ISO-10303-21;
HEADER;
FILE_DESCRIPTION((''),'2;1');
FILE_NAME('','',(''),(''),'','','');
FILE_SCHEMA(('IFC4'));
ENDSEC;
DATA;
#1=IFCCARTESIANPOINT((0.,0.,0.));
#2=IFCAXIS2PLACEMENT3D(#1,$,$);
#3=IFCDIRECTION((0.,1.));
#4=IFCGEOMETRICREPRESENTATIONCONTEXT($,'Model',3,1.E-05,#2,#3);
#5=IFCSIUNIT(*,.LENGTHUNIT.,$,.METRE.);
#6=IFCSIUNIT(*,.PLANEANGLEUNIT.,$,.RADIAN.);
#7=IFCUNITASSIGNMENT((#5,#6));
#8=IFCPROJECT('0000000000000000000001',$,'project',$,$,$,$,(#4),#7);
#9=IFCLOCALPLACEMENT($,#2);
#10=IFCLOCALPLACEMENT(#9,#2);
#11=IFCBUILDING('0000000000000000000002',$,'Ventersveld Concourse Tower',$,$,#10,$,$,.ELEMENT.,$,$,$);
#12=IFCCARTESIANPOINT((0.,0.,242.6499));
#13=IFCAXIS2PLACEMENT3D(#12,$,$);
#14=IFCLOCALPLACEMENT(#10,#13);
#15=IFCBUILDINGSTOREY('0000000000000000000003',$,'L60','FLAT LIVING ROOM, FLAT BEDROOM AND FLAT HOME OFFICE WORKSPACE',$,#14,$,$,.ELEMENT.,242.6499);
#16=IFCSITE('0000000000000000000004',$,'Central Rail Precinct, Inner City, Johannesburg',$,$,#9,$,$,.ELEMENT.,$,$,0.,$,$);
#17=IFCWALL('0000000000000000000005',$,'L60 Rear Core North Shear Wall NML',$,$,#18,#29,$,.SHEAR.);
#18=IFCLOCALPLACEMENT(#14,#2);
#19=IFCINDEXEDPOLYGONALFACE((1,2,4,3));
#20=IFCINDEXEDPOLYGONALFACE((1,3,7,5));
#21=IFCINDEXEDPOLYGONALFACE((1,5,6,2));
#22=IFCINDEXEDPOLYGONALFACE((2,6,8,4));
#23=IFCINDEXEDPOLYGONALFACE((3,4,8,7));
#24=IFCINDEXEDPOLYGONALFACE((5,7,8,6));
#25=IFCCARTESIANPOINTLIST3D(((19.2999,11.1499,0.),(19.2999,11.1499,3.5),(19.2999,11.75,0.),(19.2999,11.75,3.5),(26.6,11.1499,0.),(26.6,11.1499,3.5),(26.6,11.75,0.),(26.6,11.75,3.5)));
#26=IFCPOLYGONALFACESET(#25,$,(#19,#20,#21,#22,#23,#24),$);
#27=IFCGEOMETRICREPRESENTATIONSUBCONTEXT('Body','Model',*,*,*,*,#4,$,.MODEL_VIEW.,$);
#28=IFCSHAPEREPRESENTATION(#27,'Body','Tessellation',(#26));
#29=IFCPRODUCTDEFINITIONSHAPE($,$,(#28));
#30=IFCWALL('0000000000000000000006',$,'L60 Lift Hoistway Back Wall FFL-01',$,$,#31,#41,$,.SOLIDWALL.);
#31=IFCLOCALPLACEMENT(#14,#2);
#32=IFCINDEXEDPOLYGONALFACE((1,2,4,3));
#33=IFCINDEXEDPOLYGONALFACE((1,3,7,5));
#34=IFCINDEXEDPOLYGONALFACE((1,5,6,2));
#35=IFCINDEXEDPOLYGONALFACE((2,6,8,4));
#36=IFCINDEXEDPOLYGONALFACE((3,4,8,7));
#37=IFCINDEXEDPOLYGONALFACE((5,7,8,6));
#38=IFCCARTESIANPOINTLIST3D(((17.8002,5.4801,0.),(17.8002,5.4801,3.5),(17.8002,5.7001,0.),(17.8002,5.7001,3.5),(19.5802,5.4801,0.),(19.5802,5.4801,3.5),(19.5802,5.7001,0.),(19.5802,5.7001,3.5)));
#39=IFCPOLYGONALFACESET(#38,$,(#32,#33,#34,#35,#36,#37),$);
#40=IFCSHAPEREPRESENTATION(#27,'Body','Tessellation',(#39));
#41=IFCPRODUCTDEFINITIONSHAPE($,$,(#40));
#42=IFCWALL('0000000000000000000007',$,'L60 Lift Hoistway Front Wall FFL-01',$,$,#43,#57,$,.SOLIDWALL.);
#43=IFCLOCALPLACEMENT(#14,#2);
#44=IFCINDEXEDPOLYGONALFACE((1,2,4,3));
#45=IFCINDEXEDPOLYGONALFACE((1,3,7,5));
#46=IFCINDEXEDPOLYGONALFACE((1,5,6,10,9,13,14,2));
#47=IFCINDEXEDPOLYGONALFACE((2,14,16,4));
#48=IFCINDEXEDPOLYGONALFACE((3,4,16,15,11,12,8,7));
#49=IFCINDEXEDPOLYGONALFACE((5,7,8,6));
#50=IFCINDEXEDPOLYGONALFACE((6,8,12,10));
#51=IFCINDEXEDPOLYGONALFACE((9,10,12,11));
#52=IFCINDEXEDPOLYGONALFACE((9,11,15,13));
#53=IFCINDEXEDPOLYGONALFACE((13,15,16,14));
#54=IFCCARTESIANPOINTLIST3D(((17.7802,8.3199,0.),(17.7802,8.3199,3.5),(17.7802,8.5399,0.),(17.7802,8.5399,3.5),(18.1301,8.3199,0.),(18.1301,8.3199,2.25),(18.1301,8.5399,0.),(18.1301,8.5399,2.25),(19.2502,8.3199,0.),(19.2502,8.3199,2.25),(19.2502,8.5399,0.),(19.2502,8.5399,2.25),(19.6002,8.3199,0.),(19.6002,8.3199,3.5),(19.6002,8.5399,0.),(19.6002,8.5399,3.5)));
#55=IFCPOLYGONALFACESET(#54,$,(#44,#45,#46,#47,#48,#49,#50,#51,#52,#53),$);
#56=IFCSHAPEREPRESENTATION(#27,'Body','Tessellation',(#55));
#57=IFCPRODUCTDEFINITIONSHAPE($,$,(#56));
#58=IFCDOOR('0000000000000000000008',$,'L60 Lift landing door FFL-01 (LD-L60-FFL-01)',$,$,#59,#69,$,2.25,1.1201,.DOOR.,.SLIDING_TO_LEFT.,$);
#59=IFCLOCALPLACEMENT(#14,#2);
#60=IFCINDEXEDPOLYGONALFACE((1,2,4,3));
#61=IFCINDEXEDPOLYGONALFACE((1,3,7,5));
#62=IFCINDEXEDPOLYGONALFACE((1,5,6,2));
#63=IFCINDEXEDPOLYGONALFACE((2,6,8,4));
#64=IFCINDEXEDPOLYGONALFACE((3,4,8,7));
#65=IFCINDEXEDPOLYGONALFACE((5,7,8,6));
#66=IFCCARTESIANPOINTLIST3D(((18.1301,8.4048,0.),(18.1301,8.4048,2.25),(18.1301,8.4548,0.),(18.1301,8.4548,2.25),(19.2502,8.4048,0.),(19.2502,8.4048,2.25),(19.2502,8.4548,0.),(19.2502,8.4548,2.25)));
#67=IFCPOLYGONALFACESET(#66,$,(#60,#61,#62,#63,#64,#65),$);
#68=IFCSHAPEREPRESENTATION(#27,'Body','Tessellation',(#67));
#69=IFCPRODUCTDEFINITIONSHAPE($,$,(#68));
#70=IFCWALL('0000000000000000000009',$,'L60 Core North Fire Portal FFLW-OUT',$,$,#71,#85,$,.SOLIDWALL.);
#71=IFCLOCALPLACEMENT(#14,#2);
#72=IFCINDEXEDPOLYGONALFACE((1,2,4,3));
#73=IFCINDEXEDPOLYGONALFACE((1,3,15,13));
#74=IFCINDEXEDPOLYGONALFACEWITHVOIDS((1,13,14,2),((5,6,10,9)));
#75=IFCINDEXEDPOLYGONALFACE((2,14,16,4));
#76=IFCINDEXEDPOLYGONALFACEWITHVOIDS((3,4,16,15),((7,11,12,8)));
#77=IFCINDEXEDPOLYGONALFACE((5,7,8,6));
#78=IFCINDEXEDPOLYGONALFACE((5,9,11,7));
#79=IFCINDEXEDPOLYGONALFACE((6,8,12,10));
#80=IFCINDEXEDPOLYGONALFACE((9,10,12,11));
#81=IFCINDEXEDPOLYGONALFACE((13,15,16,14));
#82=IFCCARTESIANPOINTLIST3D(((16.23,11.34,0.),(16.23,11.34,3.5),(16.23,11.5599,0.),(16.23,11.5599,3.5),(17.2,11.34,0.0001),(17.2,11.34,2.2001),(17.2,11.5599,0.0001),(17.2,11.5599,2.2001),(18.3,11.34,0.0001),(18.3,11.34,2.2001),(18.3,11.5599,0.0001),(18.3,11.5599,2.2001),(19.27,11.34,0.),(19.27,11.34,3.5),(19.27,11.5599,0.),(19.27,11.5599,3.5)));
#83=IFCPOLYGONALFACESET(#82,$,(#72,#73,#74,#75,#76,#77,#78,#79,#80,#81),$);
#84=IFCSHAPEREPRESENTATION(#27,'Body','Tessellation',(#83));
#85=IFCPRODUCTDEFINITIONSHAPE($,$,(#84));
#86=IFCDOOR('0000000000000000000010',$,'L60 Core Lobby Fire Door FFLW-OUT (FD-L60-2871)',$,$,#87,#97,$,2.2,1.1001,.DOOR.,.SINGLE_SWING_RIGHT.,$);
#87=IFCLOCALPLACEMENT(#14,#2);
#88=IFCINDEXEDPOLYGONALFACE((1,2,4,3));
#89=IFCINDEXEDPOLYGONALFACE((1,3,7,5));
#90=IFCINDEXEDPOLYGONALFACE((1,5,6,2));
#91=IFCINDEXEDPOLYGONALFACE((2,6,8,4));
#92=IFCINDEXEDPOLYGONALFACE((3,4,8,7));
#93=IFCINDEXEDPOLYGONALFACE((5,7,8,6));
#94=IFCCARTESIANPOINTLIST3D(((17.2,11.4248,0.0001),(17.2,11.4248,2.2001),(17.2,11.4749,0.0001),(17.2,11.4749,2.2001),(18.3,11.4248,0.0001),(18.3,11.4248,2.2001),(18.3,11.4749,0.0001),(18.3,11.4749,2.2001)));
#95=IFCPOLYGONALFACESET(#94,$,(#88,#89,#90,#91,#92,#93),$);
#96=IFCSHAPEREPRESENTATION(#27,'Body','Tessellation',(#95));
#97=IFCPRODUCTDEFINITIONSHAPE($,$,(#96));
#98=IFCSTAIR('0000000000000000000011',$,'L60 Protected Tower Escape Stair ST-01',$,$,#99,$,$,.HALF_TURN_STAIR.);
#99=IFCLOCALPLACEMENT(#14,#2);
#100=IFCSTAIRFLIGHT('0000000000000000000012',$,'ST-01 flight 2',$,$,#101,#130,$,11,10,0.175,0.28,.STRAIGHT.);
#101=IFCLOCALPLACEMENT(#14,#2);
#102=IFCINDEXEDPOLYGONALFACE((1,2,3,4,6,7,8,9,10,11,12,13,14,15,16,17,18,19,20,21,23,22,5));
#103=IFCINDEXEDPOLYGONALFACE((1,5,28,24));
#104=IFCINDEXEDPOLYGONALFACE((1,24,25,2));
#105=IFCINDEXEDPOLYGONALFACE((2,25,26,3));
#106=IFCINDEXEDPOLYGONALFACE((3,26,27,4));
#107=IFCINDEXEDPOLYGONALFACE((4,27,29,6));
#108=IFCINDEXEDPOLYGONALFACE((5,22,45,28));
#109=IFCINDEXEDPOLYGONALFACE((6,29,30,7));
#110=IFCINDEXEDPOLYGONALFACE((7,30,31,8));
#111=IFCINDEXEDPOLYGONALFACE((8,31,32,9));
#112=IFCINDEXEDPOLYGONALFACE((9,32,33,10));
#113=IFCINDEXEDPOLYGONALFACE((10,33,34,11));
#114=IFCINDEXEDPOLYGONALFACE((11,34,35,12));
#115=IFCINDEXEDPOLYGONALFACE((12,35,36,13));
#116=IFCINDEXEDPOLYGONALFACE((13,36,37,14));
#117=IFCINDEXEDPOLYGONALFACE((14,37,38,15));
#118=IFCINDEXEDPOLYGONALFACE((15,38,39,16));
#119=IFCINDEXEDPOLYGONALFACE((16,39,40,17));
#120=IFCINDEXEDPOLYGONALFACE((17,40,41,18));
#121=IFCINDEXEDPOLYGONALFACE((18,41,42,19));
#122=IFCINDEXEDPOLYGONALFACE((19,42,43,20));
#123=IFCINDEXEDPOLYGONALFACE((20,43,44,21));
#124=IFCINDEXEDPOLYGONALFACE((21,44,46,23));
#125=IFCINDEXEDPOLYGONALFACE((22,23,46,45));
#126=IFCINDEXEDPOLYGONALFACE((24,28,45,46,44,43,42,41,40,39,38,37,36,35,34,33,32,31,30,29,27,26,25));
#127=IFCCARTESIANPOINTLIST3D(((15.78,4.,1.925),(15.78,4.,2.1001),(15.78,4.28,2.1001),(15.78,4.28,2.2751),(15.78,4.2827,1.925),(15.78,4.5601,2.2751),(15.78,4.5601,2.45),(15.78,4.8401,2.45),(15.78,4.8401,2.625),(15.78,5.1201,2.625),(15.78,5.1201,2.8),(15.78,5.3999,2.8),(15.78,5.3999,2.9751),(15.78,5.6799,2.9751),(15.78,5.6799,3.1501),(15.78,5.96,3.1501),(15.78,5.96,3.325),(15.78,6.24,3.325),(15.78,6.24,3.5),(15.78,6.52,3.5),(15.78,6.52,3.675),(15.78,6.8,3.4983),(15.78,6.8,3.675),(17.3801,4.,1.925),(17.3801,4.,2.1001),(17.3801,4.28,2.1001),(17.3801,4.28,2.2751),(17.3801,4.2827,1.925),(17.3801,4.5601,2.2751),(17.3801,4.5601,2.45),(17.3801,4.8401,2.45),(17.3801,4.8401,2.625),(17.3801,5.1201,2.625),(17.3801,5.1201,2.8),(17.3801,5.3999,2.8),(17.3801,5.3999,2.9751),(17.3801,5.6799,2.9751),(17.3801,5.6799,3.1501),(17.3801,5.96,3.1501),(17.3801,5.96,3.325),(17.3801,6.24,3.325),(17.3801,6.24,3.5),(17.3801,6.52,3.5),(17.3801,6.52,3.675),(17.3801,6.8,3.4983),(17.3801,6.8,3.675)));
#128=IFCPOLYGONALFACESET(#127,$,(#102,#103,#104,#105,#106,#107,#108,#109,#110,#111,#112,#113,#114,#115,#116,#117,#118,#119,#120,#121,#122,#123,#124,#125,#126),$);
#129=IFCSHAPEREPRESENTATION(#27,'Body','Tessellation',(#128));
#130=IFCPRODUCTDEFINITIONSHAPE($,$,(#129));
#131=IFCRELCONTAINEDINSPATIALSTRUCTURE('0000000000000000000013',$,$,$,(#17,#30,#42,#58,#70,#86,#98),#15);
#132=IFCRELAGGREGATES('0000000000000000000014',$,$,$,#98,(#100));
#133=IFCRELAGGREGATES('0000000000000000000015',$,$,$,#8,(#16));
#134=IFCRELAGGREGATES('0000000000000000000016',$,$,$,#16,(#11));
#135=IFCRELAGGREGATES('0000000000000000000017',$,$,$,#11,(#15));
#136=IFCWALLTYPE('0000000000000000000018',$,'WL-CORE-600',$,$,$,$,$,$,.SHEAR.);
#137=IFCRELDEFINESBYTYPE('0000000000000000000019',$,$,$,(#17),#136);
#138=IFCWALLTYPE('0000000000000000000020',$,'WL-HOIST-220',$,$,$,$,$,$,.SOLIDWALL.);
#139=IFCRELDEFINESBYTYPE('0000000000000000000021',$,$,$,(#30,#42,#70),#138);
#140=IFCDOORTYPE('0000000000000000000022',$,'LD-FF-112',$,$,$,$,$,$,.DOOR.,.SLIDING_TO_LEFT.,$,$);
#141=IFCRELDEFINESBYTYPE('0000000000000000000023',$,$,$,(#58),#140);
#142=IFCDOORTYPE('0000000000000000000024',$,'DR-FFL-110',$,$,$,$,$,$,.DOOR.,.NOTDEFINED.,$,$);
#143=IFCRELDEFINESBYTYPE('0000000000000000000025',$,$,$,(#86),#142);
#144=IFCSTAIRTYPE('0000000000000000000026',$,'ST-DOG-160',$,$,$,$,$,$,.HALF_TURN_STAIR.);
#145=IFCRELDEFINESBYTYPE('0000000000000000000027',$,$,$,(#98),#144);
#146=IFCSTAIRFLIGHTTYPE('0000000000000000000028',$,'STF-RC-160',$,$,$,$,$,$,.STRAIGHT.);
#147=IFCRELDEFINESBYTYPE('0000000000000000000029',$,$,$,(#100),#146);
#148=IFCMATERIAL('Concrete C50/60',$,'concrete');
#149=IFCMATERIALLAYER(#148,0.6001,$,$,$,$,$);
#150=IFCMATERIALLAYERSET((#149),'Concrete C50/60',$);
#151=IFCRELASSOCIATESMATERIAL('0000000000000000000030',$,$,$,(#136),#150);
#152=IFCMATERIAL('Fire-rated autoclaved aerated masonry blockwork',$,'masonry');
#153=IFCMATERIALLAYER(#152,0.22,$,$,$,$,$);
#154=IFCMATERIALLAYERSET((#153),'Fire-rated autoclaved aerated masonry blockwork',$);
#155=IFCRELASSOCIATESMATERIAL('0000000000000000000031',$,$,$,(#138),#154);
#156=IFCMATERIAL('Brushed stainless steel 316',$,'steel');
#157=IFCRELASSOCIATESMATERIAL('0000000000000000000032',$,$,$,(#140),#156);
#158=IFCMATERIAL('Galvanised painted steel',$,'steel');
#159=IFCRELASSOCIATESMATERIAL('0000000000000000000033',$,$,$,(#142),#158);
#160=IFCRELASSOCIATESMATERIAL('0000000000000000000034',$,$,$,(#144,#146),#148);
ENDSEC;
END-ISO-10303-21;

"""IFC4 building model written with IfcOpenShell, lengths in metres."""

from ifc_helpers import new_model, si_unit, direction, frame, frame_2d, origin, place, context, subcontext, project, spatial, polyline, rectangle, outline, extrude, material, layer, layer_set, type_object, element, fill, aggregate, save


model = new_model("IFC4")

# Units and contexts
model_context = context("Model", 3, precision=1e-05, world=origin(), true_north=direction((0.0, 1.0)))
body_context = subcontext(model_context, "Body", "Model", "MODEL_VIEW")
ifc_project = project(units=[si_unit("LENGTHUNIT", "METRE"), si_unit("PLANEANGLEUNIT", "RADIAN")], contexts=[model_context])

# Site, building, storey
site_placement = place(None, origin())
site = spatial("IfcSite", under=ifc_project, at=site_placement, Name="Central Rail Precinct, Inner City, Johannesburg", CompositionType="ELEMENT", RefElevation=0.0)
building_placement = place(site_placement, origin())
building = spatial("IfcBuilding", under=site, at=building_placement, Name="Ventersveld Concourse Tower", CompositionType="ELEMENT")
storey_placement = place(building_placement, frame((0.0, 0.0, 242.6499)))
storey = spatial("IfcBuildingStorey", under=building, at=storey_placement, Name="L60", Description="FLAT LIVING ROOM, FLAT BEDROOM AND FLAT HOME OFFICE WORKSPACE", CompositionType="ELEMENT", Elevation=242.6499)

# Shared definitions
ifc_material_1 = material(Name="Concrete C50/60", Category="concrete")

# Walls
ifc_layer_1 = layer(ifc_material_1, 0.6001)
ifc_layer_set_1 = layer_set([ifc_layer_1], Name="Concrete C50/60")
wall_type_1 = type_object("IfcWallType", Name="WL-CORE-600", PredefinedType="SHEAR", material=ifc_layer_set_1)
wall_1_placement = place(storey_placement, frame((19.3, 11.45, 0.0), z_axis=(0.0, 0.0, 1.0), x_axis=(1.0, 0.0, 0.0)))
element("IfcWall", 1, at=wall_1_placement, inside=storey, type_object=wall_type_1, Name="L60 Rear Core North Shear Wall NML", PredefinedType="SHEAR", context=body_context, shape_type="SweptSolid", body=[
    extrude(rectangle(XDim=7.3, YDim=0.6001, at=frame_2d((3.6499, 0.0))), origin(), (0.0, 0.0, 1.0), 3.5),
])
ifc_material_2 = material(Name="Fire-rated autoclaved aerated masonry blockwork", Category="masonry")
ifc_layer_2 = layer(ifc_material_2, 0.22)
ifc_layer_set_2 = layer_set([ifc_layer_2], Name="Fire-rated autoclaved aerated masonry blockwork")
wall_type_2 = type_object("IfcWallType", Name="WL-HOIST-220", PredefinedType="SOLIDWALL", material=ifc_layer_set_2)
wall_2_placement = place(storey_placement, frame((17.8, 5.5901, 0.0), z_axis=(0.0, 0.0, 1.0), x_axis=(1.0, 0.0, 0.0)))
element("IfcWall", 2, at=wall_2_placement, inside=storey, type_object=wall_type_2, Name="L60 Lift Hoistway Back Wall FFL-01", PredefinedType="SOLIDWALL", context=body_context, shape_type="SweptSolid", body=[
    extrude(rectangle(XDim=1.78, YDim=0.22, at=frame_2d((0.8901, 0.0))), origin(), (0.0, 0.0, 1.0), 3.5),
])

# Walls, openings, doors
wall_3_placement = place(storey_placement, frame((17.78, 8.4299, 0.0), z_axis=(0.0, 0.0, 1.0), x_axis=(1.0, 0.0, 0.0)))
wall_3 = element("IfcWall", 3, at=wall_3_placement, inside=storey, type_object=wall_type_2, Name="L60 Lift Hoistway Front Wall FFL-01", PredefinedType="SOLIDWALL", context=body_context, shape_type="SweptSolid", body=[
    extrude(rectangle(XDim=1.8201, YDim=0.22, at=frame_2d((0.9102, 0.0))), origin(), (0.0, 0.0, 1.0), 3.5),
])
opening_1_placement = place(wall_3_placement, frame((0.3501, 0.0, 0.0)))
opening_1 = element("IfcOpeningElement", 4, at=opening_1_placement, cuts=wall_3, PredefinedType="OPENING", context=body_context, shape_type="SweptSolid", body=[
    extrude(rectangle(XDim=1.1201, YDim=2.25, at=frame_2d((0.5601, 1.125))), frame((0.0, 0.1201, 0.0), z_axis=(0.0, -1.0, 0.0), x_axis=(1.0, 0.0, 0.0)), (0.0, 0.0, 1.0), 0.24),
])
ifc_material_3 = material(Name="Brushed stainless steel 316", Category="steel")
door_type_1 = type_object("IfcDoorType", Name="LD-FF-112", OperationType="SLIDING_TO_LEFT", PredefinedType="DOOR", material=ifc_material_3)
door_1_placement = place(opening_1_placement, origin())
door_1 = element("IfcDoor", 5, at=door_1_placement, inside=storey, type_object=door_type_1, Name="L60 Lift landing door FFL-01 (LD-L60-FFL-01)", OperationType="SLIDING_TO_LEFT", OverallHeight=2.25, OverallWidth=1.1201, PredefinedType="DOOR", context=body_context, shape_type="SweptSolid", body=[
    extrude(rectangle(XDim=1.1201, YDim=2.25, at=frame_2d((0.5601, 1.125))), frame((0.0, 0.0249, 0.0), z_axis=(0.0, -1.0, 0.0), x_axis=(1.0, 0.0, 0.0)), (0.0, 0.0, 1.0), 0.05),
])
fill(opening_1, door_1)
wall_4_placement = place(storey_placement, frame((16.23, 11.45, 0.0), z_axis=(0.0, 0.0, 1.0), x_axis=(1.0, 0.0, 0.0)))
wall_4 = element("IfcWall", 6, at=wall_4_placement, inside=storey, type_object=wall_type_2, Name="L60 Core North Fire Portal FFLW-OUT", PredefinedType="SOLIDWALL", context=body_context, shape_type="SweptSolid", body=[
    extrude(rectangle(XDim=3.04, YDim=0.22, at=frame_2d((1.52, 0.0))), origin(), (0.0, 0.0, 1.0), 3.5),
])
opening_2_placement = place(wall_4_placement, frame((0.97, 0.0, 0.0)))
opening_2 = element("IfcOpeningElement", 7, at=opening_2_placement, cuts=wall_4, PredefinedType="OPENING", context=body_context, shape_type="SweptSolid", body=[
    extrude(rectangle(XDim=1.1001, YDim=2.2, at=frame_2d((0.55, 1.1001))), frame((0.0, 0.1201, 0.0), z_axis=(0.0, -1.0, 0.0), x_axis=(1.0, 0.0, 0.0)), (0.0, 0.0, 1.0), 0.24),
])
ifc_material_4 = material(Name="Galvanised painted steel", Category="steel")
door_type_2 = type_object("IfcDoorType", Name="DR-FFL-110", OperationType="NOTDEFINED", PredefinedType="DOOR", material=ifc_material_4)
door_2_placement = place(opening_2_placement, origin())
door_2 = element("IfcDoor", 8, at=door_2_placement, inside=storey, type_object=door_type_2, Name="L60 Core Lobby Fire Door FFLW-OUT (FD-L60-2871)", OperationType="SINGLE_SWING_RIGHT", OverallHeight=2.2, OverallWidth=1.1001, PredefinedType="DOOR", context=body_context, shape_type="SweptSolid", body=[
    extrude(rectangle(XDim=1.1001, YDim=2.2, at=frame_2d((0.55, 1.1001))), frame((0.0, 0.0249, 0.0), z_axis=(0.0, -1.0, 0.0), x_axis=(1.0, 0.0, 0.0)), (0.0, 0.0, 1.0), 0.05),
])
fill(opening_2, door_2)

# Stair, stair flight
stair_type = type_object("IfcStairType", Name="ST-DOG-160", PredefinedType="HALF_TURN_STAIR", material=ifc_material_1)
stair_placement = place(storey_placement, origin())
stair = element("IfcStair", 9, at=stair_placement, inside=storey, type_object=stair_type, Name="L60 Protected Tower Escape Stair ST-01", PredefinedType="HALF_TURN_STAIR")
stair_flight_type = type_object("IfcStairFlightType", Name="STF-RC-160", PredefinedType="STRAIGHT", material=ifc_material_1)
stair_flight_placement = place(storey_placement, frame((16.5801, 4.0, 1.925), z_axis=(0.0, 0.0, 1.0), x_axis=(0.0, 1.0, 0.0)))
stair_flight = element("IfcStairFlight", 10, at=stair_flight_placement, type_object=stair_flight_type, Name="ST-01 flight 2", NumberOfRisers=11, NumberOfTreads=10, PredefinedType="STRAIGHT", RiserHeight=0.175, TreadLength=0.28, context=body_context, shape_type="SweptSolid", body=[
    extrude(outline(polyline([(0.0, 0.0), (0.0, 0.175), (0.28, 0.175), (0.28, 0.3501), (0.5601, 0.3501), (0.5601, 0.5249), (0.8401, 0.5249), (0.8401, 0.7), (1.1201, 0.7), (1.1201, 0.875), (1.3999, 0.875), (1.3999, 1.05), (1.6799, 1.05), (1.6799, 1.2251), (1.96, 1.2251), (1.96, 1.3999), (2.24, 1.3999), (2.24, 1.575), (2.52, 1.575), (2.52, 1.75), (2.8, 1.75), (2.8, 1.925), (2.8, 1.5732), (0.2827, 0.0), (0.0, 0.0)])), frame((0.0, 0.8, 0.0), z_axis=(0.0, -1.0, 0.0), x_axis=(1.0, 0.0, 0.0)), (0.0, 0.0, 1.0), 1.6001),
])
aggregate(stair, [stair_flight])

save(model, "model.ifc")
